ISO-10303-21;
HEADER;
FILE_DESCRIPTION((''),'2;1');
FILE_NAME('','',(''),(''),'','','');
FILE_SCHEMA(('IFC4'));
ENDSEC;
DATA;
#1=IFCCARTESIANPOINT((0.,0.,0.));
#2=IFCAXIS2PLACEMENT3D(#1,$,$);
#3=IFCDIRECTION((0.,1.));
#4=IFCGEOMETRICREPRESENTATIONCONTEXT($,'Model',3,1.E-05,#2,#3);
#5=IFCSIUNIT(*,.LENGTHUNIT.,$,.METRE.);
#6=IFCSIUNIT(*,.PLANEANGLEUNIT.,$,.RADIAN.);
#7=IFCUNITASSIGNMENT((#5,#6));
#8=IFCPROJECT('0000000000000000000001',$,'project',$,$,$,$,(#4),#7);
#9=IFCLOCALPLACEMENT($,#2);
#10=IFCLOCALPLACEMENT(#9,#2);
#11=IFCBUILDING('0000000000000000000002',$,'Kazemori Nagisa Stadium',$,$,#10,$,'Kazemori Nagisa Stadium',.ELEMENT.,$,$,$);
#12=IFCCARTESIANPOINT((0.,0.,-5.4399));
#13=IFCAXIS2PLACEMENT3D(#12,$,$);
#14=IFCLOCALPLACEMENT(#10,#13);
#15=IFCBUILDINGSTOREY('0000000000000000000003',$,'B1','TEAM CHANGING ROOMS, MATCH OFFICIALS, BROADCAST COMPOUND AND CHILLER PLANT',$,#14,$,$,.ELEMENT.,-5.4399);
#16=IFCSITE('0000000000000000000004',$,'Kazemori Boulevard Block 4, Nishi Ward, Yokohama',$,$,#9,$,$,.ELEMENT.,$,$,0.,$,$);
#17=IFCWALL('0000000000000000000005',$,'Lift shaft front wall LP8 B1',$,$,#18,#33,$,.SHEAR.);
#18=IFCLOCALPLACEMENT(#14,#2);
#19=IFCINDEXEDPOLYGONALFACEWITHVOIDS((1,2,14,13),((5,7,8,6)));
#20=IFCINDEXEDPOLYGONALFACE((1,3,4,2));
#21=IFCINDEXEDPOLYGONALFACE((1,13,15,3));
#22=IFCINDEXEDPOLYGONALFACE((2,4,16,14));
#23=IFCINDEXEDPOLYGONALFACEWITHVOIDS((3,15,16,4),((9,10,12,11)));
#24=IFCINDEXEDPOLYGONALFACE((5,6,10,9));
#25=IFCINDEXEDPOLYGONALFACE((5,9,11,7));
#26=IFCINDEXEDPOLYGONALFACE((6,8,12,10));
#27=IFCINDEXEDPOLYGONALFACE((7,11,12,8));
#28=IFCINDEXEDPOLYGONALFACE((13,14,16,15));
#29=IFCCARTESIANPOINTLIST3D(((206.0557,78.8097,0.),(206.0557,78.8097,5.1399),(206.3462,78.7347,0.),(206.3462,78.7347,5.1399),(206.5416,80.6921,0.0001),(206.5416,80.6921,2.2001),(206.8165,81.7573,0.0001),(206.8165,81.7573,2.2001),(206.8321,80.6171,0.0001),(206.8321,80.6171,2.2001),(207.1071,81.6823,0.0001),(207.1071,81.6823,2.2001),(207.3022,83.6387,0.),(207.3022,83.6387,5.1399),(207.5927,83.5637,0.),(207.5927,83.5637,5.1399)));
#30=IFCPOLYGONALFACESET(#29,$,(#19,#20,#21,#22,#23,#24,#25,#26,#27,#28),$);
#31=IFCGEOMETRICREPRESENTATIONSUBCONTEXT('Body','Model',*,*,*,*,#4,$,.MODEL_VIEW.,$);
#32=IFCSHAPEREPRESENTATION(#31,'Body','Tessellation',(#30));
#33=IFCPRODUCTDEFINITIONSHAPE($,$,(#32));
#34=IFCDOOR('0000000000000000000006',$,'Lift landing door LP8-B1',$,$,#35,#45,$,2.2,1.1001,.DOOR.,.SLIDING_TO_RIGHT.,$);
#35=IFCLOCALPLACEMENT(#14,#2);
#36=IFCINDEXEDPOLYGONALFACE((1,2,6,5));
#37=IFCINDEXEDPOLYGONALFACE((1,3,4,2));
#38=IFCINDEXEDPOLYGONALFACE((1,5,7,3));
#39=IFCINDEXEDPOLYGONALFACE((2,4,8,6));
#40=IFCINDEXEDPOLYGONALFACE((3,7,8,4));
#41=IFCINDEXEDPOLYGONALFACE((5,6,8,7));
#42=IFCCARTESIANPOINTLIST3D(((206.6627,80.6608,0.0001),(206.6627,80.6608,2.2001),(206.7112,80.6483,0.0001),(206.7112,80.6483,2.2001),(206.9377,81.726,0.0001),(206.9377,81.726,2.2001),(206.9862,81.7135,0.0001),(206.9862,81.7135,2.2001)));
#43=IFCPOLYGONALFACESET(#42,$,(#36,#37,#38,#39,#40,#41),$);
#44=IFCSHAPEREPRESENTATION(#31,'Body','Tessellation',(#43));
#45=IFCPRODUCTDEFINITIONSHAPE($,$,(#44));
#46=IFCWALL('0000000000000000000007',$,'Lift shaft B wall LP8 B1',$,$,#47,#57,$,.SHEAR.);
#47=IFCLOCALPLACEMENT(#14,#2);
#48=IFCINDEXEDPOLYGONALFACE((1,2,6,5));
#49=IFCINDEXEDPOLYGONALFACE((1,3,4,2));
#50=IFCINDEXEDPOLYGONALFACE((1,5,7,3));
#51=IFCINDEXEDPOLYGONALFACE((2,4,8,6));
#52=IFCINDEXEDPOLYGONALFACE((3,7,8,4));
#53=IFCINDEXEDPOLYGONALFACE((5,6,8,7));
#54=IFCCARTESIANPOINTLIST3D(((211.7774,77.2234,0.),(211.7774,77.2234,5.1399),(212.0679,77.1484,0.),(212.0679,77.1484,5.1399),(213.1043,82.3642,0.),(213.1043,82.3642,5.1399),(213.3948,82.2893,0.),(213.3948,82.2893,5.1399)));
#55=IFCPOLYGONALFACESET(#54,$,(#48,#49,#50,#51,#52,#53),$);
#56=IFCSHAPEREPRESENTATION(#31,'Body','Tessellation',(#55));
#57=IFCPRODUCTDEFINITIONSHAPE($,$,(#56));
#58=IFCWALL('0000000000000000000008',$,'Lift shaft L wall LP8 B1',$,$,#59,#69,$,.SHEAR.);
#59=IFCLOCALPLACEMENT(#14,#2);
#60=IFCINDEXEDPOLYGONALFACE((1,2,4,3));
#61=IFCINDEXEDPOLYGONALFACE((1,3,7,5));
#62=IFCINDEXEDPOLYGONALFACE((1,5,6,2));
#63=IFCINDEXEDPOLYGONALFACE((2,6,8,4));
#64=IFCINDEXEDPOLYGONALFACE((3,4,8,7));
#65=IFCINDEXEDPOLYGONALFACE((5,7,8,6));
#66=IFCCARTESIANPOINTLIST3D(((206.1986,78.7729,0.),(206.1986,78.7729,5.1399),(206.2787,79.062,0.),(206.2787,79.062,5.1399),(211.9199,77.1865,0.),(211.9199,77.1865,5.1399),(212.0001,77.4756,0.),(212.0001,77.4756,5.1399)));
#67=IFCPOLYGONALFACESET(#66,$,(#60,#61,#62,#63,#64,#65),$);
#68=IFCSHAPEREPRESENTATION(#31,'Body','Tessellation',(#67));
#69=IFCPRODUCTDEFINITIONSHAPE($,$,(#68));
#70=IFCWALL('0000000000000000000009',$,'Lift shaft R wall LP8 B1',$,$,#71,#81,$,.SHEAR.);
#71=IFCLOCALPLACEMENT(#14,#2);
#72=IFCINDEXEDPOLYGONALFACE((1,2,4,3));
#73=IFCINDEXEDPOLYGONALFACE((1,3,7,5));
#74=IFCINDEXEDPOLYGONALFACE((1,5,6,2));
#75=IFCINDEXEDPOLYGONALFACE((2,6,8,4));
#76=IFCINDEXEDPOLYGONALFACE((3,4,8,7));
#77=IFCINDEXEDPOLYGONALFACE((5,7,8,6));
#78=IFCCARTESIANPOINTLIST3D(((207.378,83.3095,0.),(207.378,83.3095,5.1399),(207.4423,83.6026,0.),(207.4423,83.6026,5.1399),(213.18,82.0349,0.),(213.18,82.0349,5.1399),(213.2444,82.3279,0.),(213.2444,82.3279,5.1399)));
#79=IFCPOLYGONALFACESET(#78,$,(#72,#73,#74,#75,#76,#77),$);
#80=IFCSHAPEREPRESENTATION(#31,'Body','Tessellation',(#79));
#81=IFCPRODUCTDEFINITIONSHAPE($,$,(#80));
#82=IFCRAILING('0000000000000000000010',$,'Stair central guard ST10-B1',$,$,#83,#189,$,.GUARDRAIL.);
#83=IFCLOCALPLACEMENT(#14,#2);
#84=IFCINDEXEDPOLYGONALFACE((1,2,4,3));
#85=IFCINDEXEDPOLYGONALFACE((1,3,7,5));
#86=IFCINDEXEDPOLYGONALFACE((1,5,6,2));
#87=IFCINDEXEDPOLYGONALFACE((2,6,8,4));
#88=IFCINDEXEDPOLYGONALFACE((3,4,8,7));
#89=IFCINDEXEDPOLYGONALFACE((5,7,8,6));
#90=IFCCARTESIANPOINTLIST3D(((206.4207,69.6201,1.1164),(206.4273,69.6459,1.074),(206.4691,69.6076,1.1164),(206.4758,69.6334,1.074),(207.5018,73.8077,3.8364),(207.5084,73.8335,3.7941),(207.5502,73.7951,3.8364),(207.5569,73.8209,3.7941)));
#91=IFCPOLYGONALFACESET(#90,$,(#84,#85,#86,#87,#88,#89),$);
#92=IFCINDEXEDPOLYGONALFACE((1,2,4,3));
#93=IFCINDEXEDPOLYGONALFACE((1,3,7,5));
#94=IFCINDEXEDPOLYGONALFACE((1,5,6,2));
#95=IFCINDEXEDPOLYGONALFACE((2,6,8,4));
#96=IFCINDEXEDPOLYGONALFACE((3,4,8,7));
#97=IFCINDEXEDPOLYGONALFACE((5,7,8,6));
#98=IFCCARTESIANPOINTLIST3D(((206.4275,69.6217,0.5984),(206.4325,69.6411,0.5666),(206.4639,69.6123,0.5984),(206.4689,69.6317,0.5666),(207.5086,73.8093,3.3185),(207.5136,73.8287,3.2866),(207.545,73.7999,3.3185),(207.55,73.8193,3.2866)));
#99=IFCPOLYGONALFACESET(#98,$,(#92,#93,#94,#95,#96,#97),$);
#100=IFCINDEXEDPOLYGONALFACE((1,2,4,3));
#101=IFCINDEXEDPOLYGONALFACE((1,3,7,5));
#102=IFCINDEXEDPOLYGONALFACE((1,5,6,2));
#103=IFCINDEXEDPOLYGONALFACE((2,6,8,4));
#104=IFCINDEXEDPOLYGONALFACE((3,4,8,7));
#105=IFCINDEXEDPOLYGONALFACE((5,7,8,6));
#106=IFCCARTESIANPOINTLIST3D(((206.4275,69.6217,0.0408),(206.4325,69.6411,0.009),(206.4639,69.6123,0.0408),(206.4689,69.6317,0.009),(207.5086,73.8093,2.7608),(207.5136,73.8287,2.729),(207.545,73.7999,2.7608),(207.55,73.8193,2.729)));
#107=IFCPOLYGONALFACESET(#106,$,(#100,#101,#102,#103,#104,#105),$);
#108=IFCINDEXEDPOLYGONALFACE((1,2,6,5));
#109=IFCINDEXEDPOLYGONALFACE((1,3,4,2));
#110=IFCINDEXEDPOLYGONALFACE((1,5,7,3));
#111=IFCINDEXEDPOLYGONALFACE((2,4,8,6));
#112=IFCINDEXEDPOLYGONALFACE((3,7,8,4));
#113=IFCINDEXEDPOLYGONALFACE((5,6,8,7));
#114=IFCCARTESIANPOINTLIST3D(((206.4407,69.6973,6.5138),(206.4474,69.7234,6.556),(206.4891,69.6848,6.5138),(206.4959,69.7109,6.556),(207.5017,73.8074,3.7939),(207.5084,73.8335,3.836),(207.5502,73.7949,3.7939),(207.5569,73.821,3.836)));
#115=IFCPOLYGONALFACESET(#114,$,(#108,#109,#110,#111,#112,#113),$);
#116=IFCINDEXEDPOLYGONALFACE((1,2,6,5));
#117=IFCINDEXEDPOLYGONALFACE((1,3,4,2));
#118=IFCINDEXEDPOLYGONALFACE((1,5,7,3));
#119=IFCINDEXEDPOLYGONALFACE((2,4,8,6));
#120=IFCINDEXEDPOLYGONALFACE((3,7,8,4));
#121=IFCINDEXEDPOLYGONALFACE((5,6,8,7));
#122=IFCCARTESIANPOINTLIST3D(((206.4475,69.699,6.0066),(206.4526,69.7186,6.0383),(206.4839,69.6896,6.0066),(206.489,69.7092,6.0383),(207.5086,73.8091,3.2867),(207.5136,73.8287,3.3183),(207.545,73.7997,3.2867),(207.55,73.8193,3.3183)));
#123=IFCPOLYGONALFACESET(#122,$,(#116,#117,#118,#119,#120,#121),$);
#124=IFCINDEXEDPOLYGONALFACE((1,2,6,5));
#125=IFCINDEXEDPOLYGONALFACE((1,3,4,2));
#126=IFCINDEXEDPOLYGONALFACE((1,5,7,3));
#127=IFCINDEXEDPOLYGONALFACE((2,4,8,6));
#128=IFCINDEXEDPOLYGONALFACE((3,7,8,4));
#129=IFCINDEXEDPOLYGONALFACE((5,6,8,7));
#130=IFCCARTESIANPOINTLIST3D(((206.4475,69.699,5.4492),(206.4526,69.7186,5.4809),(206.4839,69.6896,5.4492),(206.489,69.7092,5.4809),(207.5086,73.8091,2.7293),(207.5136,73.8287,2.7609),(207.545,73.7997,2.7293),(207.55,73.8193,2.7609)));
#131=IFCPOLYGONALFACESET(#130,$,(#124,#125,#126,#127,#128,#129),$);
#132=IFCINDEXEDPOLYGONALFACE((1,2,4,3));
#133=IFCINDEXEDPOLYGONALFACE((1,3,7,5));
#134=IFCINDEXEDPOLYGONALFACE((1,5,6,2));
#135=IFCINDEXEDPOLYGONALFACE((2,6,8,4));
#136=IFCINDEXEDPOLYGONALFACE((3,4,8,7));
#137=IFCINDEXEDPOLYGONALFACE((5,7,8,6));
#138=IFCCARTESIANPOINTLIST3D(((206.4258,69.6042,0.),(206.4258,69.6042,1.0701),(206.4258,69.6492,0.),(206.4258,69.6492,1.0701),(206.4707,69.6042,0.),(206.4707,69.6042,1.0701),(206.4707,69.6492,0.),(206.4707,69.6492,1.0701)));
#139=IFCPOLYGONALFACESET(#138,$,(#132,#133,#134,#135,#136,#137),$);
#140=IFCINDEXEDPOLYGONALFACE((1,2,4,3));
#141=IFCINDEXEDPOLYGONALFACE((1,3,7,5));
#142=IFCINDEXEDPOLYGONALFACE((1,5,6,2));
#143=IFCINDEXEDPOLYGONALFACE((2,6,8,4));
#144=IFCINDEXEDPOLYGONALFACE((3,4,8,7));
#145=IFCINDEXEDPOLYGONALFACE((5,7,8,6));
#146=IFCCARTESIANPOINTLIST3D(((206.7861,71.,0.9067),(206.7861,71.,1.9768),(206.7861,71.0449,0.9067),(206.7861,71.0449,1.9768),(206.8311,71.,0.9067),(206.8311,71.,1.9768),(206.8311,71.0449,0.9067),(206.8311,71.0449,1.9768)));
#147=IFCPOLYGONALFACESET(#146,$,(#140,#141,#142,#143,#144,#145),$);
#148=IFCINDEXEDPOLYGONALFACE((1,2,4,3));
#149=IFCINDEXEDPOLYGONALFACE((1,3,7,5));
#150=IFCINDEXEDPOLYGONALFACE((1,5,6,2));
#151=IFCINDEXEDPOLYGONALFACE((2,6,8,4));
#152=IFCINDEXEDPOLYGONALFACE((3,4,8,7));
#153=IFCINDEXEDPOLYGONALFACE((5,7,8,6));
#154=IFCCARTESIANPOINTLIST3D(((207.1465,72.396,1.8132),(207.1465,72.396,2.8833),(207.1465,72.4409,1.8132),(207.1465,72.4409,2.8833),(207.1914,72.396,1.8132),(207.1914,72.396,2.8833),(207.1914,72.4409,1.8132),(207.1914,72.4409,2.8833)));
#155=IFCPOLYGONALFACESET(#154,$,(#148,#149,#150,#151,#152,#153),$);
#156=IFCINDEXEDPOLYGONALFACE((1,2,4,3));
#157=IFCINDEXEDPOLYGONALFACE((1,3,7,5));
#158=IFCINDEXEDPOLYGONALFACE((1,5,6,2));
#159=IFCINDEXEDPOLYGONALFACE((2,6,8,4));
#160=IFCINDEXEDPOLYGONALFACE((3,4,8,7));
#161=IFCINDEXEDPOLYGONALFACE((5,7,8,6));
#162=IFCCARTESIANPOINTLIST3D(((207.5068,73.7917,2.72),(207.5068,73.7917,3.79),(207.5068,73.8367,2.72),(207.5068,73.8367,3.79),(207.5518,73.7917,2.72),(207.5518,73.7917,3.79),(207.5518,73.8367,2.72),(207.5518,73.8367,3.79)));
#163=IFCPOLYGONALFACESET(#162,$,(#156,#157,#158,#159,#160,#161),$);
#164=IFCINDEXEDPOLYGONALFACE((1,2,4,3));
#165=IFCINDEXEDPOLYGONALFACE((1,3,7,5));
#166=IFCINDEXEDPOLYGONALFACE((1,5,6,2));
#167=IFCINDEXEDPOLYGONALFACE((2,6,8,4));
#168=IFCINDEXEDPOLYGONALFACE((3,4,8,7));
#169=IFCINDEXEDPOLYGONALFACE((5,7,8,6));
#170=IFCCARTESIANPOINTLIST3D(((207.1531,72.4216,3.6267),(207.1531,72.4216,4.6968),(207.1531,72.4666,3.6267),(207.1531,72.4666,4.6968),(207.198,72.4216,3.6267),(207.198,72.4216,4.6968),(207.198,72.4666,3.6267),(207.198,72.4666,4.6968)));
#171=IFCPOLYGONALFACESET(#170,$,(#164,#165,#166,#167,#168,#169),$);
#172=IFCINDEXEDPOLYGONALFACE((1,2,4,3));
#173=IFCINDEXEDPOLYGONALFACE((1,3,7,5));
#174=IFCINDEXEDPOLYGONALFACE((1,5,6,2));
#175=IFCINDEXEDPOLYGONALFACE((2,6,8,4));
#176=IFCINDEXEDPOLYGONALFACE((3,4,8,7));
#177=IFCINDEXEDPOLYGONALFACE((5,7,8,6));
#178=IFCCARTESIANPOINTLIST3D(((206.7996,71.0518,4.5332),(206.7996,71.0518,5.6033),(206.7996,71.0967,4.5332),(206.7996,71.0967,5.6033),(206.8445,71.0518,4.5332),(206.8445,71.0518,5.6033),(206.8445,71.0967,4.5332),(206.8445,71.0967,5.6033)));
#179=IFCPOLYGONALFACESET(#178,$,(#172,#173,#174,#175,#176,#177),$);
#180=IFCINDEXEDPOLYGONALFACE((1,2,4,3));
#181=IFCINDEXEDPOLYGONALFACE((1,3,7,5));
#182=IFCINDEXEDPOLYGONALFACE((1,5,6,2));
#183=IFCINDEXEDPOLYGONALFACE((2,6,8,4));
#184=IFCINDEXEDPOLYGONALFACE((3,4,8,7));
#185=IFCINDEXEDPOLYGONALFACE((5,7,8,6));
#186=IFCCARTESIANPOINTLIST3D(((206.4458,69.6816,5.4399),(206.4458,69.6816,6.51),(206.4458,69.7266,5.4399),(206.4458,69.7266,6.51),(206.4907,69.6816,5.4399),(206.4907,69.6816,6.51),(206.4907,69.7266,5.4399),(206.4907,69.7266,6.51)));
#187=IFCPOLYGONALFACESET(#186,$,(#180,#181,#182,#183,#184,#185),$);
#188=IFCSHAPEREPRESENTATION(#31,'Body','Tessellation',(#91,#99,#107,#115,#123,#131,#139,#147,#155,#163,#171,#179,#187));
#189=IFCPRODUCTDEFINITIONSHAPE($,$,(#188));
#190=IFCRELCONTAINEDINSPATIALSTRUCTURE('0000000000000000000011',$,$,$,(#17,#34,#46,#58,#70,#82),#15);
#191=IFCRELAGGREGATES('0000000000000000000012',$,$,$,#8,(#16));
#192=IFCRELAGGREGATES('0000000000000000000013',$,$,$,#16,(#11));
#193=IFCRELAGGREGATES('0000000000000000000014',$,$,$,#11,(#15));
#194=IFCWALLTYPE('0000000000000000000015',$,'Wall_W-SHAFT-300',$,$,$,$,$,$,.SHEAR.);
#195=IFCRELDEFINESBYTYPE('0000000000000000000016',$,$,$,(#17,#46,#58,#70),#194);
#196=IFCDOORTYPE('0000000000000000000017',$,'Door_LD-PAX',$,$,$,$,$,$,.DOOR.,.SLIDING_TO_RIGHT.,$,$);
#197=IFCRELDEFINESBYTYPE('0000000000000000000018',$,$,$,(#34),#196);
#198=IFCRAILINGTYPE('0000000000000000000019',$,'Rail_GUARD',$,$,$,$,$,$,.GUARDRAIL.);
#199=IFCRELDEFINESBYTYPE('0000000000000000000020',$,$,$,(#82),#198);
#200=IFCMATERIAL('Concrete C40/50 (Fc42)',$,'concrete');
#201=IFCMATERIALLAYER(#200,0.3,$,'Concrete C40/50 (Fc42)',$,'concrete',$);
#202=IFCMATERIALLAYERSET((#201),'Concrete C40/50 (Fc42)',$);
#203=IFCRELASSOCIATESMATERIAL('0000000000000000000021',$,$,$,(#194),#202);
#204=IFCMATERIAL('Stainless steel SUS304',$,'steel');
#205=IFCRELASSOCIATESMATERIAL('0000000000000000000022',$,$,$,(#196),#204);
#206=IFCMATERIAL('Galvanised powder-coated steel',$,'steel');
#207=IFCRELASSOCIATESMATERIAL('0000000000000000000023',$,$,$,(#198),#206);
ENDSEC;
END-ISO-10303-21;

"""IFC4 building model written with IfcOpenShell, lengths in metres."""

from ifc_helpers import new_model, si_unit, direction, frame, frame_2d, origin, origin_2d, place, context, subcontext, project, spatial, rectangle, extrude, material, layer, layer_set, type_object, element, fill, save


model = new_model("IFC4")

# Units and contexts
model_context = context("Model", 3, precision=1e-05, world=origin(), true_north=direction((0.0, 1.0)))
body_context = subcontext(model_context, "Body", "Model", "MODEL_VIEW")
ifc_project = project(units=[si_unit("LENGTHUNIT", "METRE"), si_unit("PLANEANGLEUNIT", "RADIAN")], contexts=[model_context])

# Site, building, storey
site_placement = place(None, origin())
site = spatial("IfcSite", under=ifc_project, at=site_placement, Name="Kazemori Boulevard Block 4, Nishi Ward, Yokohama", CompositionType="ELEMENT", RefElevation=0.0)
building_placement = place(site_placement, origin())
building = spatial("IfcBuilding", under=site, at=building_placement, Name="Kazemori Nagisa Stadium", LongName="Kazemori Nagisa Stadium", CompositionType="ELEMENT")
storey_placement = place(building_placement, frame((0.0, 0.0, -5.4399)))
storey = spatial("IfcBuildingStorey", under=building, at=storey_placement, Name="B1", Description="TEAM CHANGING ROOMS, MATCH OFFICIALS, BROADCAST COMPOUND AND CHILLER PLANT", CompositionType="ELEMENT", Elevation=-5.4399)

# Shared definitions
ifc_material_1 = material(Name="Concrete C40/50 (Fc42)", Category="concrete")

# Wall, opening, door
ifc_layer_1 = layer(ifc_material_1, 0.3, Name="Concrete C40/50 (Fc42)", Category="concrete")
ifc_layer_set_1 = layer_set([ifc_layer_1], Name="Concrete C40/50 (Fc42)")
wall_type_1 = type_object("IfcWallType", Name="Wall_W-SHAFT-300", PredefinedType="SHEAR", material=ifc_layer_set_1)
wall_1_placement = place(storey_placement, frame((206.2009, 78.7722, 0.0), z_axis=(0.0, 0.0, 1.0), x_axis=(0.249946, 0.96826, 0.0)))
wall_1 = element("IfcWall", 1, at=wall_1_placement, inside=storey, type_object=wall_type_1, Name="Lift shaft front wall LP8 B1", PredefinedType="SHEAR", context=body_context, shape_type="SweptSolid", body=[
    extrude(rectangle(XDim=4.9873, YDim=0.3, at=frame_2d((2.4937, 0.0))), origin(), (0.0, 0.0, 1.0), 5.1399),
])
opening_1_placement = place(wall_1_placement, frame((1.9441, 0.0, 0.0)))
opening_1 = element("IfcOpeningElement", 2, at=opening_1_placement, cuts=wall_1, PredefinedType="OPENING", context=body_context, shape_type="SweptSolid", body=[
    extrude(rectangle(XDim=1.1001, YDim=2.2, at=frame_2d((0.55, 1.1001))), frame((0.0, 0.1599, 0.0), z_axis=(0.0, -1.0, 0.0), x_axis=(1.0, 0.0, 0.0)), (0.0, 0.0, 1.0), 0.3201),
])
ifc_material_2 = material(Name="Stainless steel SUS304", Category="steel")
door_type_1 = type_object("IfcDoorType", Name="Door_LD-PAX", OperationType="SLIDING_TO_RIGHT", PredefinedType="DOOR", material=ifc_material_2)
door_1_placement = place(opening_1_placement, origin())
door_1 = element("IfcDoor", 3, at=door_1_placement, inside=storey, type_object=door_type_1, Name="Lift landing door LP8-B1", OperationType="SLIDING_TO_RIGHT", OverallHeight=2.2, OverallWidth=1.1001, PredefinedType="DOOR", context=body_context, shape_type="SweptSolid", body=[
    extrude(rectangle(XDim=1.1001, YDim=2.2, at=frame_2d((0.55, 1.1001))), frame((0.0, 0.0249, 0.0), z_axis=(0.0, -1.0, 0.0), x_axis=(1.0, 0.0, 0.0)), (0.0, 0.0, 1.0), 0.05),
])
fill(opening_1, door_1)

# Walls
wall_2_placement = place(storey_placement, frame((211.9226, 77.1858, 0.0), z_axis=(0.0, 0.0, 1.0), x_axis=(0.249918, 0.968267, 0.0)))
element("IfcWall", 4, at=wall_2_placement, inside=storey, type_object=wall_type_1, Name="Lift shaft B wall LP8 B1", PredefinedType="SHEAR", context=body_context, shape_type="SweptSolid", body=[
    extrude(rectangle(XDim=5.3093, YDim=0.3, at=frame_2d((2.6548, 0.0))), origin(), (0.0, 0.0, 1.0), 5.1399),
])
wall_3_placement = place(storey_placement, frame((206.2385, 78.9175, 0.0), z_axis=(0.0, 0.0, 1.0), x_axis=(0.963642, -0.267196, 0.0)))
element("IfcWall", 5, at=wall_3_placement, inside=storey, type_object=wall_type_1, Name="Lift shaft L wall LP8 B1", PredefinedType="SHEAR", context=body_context, shape_type="SweptSolid", body=[
    extrude(rectangle(XDim=5.9373, YDim=0.3, at=frame_2d((2.9688, 0.0))), origin(), (0.0, 0.0, 1.0), 5.1399),
])
wall_4_placement = place(storey_placement, frame((207.4102, 83.4561, 0.0), z_axis=(0.0, 0.0, 1.0), x_axis=(0.976707, -0.214576, 0.0)))
element("IfcWall", 6, at=wall_4_placement, inside=storey, type_object=wall_type_1, Name="Lift shaft R wall LP8 B1", PredefinedType="SHEAR", context=body_context, shape_type="SweptSolid", body=[
    extrude(rectangle(XDim=5.9404, YDim=0.3, at=frame_2d((2.9702, 0.0))), origin(), (0.0, 0.0, 1.0), 5.1399),
])

# Railing
ifc_material_3 = material(Name="Galvanised powder-coated steel", Category="steel")
railing_type_1 = type_object("IfcRailingType", Name="Rail_GUARD", PredefinedType="GUARDRAIL", material=ifc_material_3)
railing_1_placement = place(storey_placement, frame((206.4482, 69.6267, 0.0)))
element("IfcRailing", 7, at=railing_1_placement, inside=storey, type_object=railing_type_1, Name="Stair central guard ST10-B1", PredefinedType="GUARDRAIL", context=body_context, shape_type="SweptSolid", body=[
    extrude(rectangle(XDim=0.05, YDim=0.05, at=origin_2d()), frame((0.0, 0.0, 1.0952), z_axis=(0.211597, 0.819629, 0.532386), x_axis=(-0.968254, 0.249967, 0.0)), (0.0, 0.0, 1.0), 5.1091),
    extrude(rectangle(XDim=0.0376, YDim=0.0376, at=origin_2d()), frame((0.0, 0.0, 0.5825), z_axis=(0.211597, 0.819629, 0.532386), x_axis=(-0.968254, 0.249967, 0.0)), (0.0, 0.0, 1.0), 5.1091),
    extrude(rectangle(XDim=0.0376, YDim=0.0376, at=origin_2d()), frame((0.0, 0.0, 0.0249), z_axis=(0.211597, 0.819629, 0.532386), x_axis=(-0.968254, 0.249967, 0.0)), (0.0, 0.0, 1.0), 5.1091),
    extrude(rectangle(XDim=0.05, YDim=0.05, at=origin_2d()), frame((1.0811, 4.1875, 3.8149), z_axis=(-0.210459, -0.81525, 0.539513), x_axis=(0.968257, -0.249958, 0.0)), (0.0, 0.0, 1.0), 5.0415),
    extrude(rectangle(XDim=0.0376, YDim=0.0376, at=origin_2d()), frame((1.0811, 4.1875, 3.3025), z_axis=(-0.210459, -0.81525, 0.539513), x_axis=(0.968257, -0.249958, 0.0)), (0.0, 0.0, 1.0), 5.0415),
    extrude(rectangle(XDim=0.0376, YDim=0.0376, at=origin_2d()), frame((1.0811, 4.1875, 2.7451), z_axis=(-0.210459, -0.81525, 0.539513), x_axis=(0.968257, -0.249958, 0.0)), (0.0, 0.0, 1.0), 5.0415),
    extrude(rectangle(XDim=0.0449, YDim=0.0449, at=origin_2d()), origin(), (0.0, 0.0, 1.0), 1.0701),
    extrude(rectangle(XDim=0.0449, YDim=0.0449, at=origin_2d()), frame((0.3604, 1.3958, 0.9067)), (0.0, 0.0, 1.0), 1.0701),
    extrude(rectangle(XDim=0.0449, YDim=0.0449, at=origin_2d()), frame((0.7207, 2.7917, 1.8132)), (0.0, 0.0, 1.0), 1.0701),
    extrude(rectangle(XDim=0.0449, YDim=0.0449, at=origin_2d()), frame((1.0811, 4.1875, 2.72)), (0.0, 0.0, 1.0), 1.0701),
    extrude(rectangle(XDim=0.0449, YDim=0.0449, at=origin_2d()), frame((0.7273, 2.8174, 3.6267)), (0.0, 0.0, 1.0), 1.0701),
    extrude(rectangle(XDim=0.0449, YDim=0.0449, at=origin_2d()), frame((0.3738, 1.4475, 4.5332)), (0.0, 0.0, 1.0), 1.0701),
    extrude(rectangle(XDim=0.0449, YDim=0.0449, at=origin_2d()), frame((0.02, 0.0774, 5.4399)), (0.0, 0.0, 1.0), 1.0701),
])

save(model, "model.ifc")
